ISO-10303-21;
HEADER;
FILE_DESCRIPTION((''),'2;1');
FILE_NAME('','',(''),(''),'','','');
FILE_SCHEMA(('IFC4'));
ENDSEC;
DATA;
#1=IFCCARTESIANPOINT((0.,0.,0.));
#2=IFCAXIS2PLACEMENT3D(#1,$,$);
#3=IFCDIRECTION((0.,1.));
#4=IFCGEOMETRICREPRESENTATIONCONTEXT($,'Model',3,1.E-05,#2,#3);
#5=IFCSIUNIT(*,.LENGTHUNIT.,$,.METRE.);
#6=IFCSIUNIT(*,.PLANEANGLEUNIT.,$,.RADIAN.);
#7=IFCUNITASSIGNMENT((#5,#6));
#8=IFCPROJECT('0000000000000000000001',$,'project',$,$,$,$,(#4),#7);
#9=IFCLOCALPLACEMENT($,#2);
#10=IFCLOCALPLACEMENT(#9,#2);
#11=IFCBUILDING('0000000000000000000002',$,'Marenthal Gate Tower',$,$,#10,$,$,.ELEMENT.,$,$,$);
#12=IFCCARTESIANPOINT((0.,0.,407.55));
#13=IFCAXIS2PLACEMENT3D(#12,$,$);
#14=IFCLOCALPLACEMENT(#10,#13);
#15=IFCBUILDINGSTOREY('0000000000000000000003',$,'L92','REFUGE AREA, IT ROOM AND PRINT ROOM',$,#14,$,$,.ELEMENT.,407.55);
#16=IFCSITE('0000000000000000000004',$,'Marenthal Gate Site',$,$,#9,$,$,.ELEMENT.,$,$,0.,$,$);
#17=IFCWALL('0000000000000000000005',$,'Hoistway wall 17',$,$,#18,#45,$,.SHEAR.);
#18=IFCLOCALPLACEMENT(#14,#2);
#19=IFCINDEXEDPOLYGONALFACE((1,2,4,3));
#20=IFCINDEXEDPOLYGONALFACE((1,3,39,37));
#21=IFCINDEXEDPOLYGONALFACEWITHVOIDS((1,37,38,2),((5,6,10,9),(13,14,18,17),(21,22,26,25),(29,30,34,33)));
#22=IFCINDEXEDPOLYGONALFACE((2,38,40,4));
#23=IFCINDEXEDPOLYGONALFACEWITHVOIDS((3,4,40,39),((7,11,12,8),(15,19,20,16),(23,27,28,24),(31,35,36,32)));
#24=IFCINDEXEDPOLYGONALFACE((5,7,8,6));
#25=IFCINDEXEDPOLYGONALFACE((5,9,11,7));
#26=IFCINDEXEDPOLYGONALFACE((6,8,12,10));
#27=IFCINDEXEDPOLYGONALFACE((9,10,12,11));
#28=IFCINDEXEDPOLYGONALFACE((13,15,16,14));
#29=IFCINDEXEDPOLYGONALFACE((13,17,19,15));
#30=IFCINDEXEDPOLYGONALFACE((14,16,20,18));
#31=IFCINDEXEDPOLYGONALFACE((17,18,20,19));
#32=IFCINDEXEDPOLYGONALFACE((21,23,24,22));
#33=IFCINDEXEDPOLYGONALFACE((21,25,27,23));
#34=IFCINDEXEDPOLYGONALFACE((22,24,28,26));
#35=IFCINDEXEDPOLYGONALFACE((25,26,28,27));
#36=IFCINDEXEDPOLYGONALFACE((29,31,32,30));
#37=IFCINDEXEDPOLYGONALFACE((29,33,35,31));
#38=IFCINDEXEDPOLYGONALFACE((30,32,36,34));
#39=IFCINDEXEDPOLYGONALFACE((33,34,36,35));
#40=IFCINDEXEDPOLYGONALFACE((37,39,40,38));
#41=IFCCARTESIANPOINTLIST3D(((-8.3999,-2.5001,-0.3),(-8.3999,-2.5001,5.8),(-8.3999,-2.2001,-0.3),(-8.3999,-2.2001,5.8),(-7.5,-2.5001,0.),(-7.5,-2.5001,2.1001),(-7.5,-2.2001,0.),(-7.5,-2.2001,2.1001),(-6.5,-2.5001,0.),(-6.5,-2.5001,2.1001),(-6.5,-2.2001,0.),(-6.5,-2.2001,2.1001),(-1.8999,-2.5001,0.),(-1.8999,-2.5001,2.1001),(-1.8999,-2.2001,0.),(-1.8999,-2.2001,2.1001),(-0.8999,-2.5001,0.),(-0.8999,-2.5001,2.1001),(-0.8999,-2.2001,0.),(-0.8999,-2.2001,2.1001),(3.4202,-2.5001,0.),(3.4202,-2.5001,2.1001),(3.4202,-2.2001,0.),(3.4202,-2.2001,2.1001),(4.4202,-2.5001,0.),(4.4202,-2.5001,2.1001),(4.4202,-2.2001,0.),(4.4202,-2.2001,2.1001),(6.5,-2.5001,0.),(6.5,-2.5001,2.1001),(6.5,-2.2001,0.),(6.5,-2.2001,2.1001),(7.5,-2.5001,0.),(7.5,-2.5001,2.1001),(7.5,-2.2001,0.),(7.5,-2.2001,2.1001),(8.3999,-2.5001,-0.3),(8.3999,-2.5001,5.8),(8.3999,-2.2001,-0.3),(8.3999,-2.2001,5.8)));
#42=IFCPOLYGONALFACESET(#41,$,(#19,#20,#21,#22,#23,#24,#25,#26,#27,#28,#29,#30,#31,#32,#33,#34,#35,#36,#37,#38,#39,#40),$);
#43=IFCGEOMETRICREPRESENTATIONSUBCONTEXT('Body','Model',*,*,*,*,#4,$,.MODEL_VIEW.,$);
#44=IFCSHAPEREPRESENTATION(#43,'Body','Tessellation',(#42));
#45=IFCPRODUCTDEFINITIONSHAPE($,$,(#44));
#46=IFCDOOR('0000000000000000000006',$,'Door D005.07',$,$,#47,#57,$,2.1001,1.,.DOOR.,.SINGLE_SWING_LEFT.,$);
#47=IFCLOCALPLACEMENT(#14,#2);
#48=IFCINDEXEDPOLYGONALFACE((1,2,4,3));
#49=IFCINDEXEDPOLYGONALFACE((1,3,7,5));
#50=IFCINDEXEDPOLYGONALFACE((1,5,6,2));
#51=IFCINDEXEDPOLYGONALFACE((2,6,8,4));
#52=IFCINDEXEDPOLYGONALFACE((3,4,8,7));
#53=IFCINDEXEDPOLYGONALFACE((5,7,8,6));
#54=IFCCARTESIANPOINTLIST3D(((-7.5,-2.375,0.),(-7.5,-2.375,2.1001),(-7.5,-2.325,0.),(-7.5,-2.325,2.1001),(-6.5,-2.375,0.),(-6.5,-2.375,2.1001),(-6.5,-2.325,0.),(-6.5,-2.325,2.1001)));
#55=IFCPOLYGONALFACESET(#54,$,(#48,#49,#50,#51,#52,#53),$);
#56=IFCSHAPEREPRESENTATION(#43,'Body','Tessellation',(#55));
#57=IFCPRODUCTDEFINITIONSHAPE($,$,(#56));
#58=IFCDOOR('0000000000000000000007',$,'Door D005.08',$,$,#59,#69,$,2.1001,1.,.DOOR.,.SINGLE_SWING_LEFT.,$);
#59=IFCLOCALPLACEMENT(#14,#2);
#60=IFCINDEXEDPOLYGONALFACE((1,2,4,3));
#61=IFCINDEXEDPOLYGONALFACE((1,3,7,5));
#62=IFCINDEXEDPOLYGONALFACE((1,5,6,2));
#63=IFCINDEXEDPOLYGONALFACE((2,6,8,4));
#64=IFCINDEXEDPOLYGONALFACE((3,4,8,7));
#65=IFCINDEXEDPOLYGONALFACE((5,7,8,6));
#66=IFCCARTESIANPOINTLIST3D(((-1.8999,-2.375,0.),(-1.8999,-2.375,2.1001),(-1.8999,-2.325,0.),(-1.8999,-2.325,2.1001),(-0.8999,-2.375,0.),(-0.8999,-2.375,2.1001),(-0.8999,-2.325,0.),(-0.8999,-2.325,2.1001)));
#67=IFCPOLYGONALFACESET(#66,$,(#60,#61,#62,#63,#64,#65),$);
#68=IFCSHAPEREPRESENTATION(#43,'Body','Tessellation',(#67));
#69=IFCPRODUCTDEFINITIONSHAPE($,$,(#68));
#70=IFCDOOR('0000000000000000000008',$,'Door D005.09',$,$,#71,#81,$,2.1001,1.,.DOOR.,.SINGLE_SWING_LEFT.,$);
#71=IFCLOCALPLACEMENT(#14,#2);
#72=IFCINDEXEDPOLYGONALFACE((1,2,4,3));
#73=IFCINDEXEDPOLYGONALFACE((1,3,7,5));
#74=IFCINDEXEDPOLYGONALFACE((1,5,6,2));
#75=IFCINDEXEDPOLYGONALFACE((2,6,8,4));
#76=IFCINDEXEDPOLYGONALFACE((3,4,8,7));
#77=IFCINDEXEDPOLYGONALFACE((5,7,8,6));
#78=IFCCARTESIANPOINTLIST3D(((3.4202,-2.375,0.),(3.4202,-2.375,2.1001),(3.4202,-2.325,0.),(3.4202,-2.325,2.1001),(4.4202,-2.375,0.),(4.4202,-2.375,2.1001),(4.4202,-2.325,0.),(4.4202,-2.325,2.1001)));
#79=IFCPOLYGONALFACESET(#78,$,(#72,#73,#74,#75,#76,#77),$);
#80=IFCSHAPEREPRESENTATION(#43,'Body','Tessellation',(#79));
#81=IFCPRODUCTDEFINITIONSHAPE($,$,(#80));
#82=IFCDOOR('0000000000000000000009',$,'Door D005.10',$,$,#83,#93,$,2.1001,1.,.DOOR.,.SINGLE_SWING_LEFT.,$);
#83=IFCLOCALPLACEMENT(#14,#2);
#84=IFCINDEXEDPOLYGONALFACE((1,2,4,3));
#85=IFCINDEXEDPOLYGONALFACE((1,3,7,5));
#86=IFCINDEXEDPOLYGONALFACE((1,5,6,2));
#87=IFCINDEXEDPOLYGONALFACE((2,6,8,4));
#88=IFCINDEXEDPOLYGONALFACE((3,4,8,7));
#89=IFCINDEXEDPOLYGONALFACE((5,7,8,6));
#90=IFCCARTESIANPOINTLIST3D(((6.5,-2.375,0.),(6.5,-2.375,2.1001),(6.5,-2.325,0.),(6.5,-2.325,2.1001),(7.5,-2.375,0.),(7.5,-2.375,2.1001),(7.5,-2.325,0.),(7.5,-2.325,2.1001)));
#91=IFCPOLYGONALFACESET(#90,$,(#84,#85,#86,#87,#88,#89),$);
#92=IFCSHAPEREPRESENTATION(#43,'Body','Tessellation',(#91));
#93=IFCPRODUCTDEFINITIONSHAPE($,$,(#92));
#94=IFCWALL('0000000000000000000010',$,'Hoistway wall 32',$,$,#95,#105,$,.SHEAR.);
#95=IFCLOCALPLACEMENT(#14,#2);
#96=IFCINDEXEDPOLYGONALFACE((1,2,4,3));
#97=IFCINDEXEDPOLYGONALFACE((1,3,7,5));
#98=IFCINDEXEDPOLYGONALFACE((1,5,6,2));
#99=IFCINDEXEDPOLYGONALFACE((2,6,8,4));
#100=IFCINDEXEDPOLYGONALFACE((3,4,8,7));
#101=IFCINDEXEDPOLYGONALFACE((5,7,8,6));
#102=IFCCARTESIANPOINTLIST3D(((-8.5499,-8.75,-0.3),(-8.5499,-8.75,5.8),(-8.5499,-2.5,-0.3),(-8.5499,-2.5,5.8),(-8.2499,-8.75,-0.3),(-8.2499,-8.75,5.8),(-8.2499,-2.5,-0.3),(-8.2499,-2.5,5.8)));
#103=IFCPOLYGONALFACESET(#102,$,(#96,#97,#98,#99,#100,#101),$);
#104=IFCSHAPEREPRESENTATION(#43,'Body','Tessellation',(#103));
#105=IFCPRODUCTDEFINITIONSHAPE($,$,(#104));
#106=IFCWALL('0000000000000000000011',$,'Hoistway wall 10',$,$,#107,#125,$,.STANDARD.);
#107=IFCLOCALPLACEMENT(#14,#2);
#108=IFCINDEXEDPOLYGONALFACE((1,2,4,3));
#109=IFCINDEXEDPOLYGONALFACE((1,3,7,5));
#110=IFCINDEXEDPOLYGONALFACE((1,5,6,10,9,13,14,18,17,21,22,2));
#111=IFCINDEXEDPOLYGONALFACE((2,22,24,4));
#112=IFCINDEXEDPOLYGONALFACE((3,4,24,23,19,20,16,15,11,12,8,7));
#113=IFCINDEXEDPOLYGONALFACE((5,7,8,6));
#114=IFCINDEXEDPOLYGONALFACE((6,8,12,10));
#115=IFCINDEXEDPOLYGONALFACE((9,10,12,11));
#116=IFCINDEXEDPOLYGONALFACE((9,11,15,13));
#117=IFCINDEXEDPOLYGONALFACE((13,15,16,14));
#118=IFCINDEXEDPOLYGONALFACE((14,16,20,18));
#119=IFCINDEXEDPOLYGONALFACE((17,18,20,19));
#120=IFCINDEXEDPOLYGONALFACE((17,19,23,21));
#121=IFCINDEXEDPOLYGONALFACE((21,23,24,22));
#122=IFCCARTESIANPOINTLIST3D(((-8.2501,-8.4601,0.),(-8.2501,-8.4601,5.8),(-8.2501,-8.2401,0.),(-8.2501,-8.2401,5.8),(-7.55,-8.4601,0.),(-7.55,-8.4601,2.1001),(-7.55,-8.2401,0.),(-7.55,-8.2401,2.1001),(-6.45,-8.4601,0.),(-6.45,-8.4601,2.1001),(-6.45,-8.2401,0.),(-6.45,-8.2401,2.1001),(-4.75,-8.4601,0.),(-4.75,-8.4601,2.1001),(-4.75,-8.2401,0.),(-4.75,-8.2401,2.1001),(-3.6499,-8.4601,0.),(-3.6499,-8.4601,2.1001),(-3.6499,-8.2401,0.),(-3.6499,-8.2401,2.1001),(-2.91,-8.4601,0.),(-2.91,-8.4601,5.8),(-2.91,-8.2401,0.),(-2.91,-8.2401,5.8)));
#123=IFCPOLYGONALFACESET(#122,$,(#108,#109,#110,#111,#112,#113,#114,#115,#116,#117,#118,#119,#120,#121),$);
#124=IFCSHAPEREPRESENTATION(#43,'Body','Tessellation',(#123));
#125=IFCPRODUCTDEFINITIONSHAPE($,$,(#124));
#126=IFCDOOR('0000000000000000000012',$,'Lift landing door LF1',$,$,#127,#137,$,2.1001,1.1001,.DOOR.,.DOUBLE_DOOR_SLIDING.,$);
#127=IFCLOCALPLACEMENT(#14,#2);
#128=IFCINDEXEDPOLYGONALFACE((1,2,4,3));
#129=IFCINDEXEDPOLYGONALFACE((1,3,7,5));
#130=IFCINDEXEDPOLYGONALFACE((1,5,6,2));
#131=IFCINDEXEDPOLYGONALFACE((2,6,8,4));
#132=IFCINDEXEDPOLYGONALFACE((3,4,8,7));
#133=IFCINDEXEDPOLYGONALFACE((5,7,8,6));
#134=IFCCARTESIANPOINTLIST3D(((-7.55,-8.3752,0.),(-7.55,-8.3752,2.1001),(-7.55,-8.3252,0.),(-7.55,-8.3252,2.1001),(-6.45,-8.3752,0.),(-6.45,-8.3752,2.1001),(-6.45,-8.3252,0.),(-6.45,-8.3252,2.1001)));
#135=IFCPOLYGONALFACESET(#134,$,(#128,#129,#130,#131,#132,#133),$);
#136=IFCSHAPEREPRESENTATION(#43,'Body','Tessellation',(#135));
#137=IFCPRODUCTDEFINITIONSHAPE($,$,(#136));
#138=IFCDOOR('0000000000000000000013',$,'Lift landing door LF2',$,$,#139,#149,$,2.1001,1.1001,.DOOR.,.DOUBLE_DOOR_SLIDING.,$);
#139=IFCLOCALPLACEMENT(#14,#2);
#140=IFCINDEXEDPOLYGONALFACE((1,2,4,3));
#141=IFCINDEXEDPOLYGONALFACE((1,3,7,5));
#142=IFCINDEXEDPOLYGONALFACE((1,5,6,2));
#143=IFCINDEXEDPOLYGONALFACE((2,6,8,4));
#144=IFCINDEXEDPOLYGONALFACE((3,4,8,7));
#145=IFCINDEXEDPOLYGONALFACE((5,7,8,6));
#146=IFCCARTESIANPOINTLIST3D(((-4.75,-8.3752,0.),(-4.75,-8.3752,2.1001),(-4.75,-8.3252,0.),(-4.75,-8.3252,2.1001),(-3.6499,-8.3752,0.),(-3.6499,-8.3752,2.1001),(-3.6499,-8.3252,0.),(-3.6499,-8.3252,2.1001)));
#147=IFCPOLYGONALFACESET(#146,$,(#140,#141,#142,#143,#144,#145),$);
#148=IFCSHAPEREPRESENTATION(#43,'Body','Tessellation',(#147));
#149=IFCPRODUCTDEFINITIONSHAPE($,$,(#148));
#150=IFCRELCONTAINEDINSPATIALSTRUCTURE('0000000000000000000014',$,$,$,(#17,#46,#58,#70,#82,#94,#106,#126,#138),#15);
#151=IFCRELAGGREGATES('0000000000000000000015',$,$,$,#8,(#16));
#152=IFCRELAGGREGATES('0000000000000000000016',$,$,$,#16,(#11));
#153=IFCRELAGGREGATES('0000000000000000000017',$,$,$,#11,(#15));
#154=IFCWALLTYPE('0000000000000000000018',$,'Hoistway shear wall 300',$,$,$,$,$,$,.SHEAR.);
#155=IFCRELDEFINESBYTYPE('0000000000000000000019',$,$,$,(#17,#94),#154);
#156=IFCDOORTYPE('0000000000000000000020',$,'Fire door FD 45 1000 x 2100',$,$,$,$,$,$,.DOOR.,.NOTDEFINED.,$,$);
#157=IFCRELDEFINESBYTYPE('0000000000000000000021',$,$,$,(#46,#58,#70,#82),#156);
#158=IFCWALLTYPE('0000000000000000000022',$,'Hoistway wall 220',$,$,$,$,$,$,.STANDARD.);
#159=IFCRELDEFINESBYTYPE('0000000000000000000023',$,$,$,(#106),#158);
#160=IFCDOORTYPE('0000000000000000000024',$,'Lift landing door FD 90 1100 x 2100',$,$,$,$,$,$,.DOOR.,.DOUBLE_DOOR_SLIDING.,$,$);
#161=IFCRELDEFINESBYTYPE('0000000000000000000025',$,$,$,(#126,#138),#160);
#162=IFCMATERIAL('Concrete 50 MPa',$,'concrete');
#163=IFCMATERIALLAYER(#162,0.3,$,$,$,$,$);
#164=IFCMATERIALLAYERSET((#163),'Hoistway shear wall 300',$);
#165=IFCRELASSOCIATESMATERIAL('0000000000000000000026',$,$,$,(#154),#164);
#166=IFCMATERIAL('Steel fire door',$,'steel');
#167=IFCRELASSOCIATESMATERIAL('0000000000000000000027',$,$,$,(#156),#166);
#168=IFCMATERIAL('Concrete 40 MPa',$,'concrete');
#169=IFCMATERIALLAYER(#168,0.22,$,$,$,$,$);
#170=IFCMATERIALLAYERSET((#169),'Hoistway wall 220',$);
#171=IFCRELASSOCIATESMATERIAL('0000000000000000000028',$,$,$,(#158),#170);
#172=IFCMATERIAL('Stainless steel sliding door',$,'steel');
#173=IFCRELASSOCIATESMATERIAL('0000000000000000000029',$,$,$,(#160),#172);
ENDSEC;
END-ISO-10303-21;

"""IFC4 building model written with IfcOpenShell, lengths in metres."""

from ifc_helpers import new_model, si_unit, direction, frame, frame_2d, origin, place, context, subcontext, project, spatial, rectangle, extrude, material, layer, layer_set, type_object, element, fill, save


model = new_model("IFC4")

# Units and contexts
model_context = context("Model", 3, precision=1e-05, world=origin(), true_north=direction((0.0, 1.0)))
body_context = subcontext(model_context, "Body", "Model", "MODEL_VIEW")
ifc_project = project(units=[si_unit("LENGTHUNIT", "METRE"), si_unit("PLANEANGLEUNIT", "RADIAN")], contexts=[model_context])

# Site, building, storey
site_placement = place(None, origin())
site = spatial("IfcSite", under=ifc_project, at=site_placement, Name="Marenthal Gate Site", CompositionType="ELEMENT", RefElevation=0.0)
building_placement = place(site_placement, origin())
building = spatial("IfcBuilding", under=site, at=building_placement, Name="Marenthal Gate Tower", CompositionType="ELEMENT")
storey_placement = place(building_placement, frame((0.0, 0.0, 407.55)))
storey = spatial("IfcBuildingStorey", under=building, at=storey_placement, Name="L92", Description="REFUGE AREA, IT ROOM AND PRINT ROOM", CompositionType="ELEMENT", Elevation=407.55)

# Wall, openings, doors
ifc_material_1 = material(Name="Concrete 50 MPa", Category="concrete")
ifc_layer_1 = layer(ifc_material_1, 0.3)
ifc_layer_set_1 = layer_set([ifc_layer_1], Name="Hoistway shear wall 300")
wall_type_1 = type_object("IfcWallType", Name="Hoistway shear wall 300", PredefinedType="SHEAR", material=ifc_layer_set_1)
wall_1_placement = place(storey_placement, frame((-8.3999, -2.3501, -0.3), z_axis=(0.0, 0.0, 1.0), x_axis=(1.0, 0.0, 0.0)))
wall_1 = element("IfcWall", 1, at=wall_1_placement, inside=storey, type_object=wall_type_1, Name="Hoistway wall 17", PredefinedType="SHEAR", context=body_context, shape_type="SweptSolid", body=[
    extrude(rectangle(XDim=16.7998, YDim=0.3, at=frame_2d((8.3999, 0.0))), origin(), (0.0, 0.0, 1.0), 6.1001),
])
opening_1_placement = place(wall_1_placement, frame((0.8999, 0.0, 0.3)))
opening_1 = element("IfcOpeningElement", 2, at=opening_1_placement, cuts=wall_1, PredefinedType="OPENING", context=body_context, shape_type="SweptSolid", body=[
    extrude(rectangle(XDim=1.0, YDim=2.1001, at=frame_2d((0.5, 1.05))), frame((0.0, 0.1602, 0.0), z_axis=(0.0, -1.0, 0.0), x_axis=(1.0, 0.0, 0.0)), (0.0, 0.0, 1.0), 0.3201),
])
opening_2_placement = place(wall_1_placement, frame((6.5, 0.0, 0.3)))
opening_2 = element("IfcOpeningElement", 3, at=opening_2_placement, cuts=wall_1, PredefinedType="OPENING", context=body_context, shape_type="SweptSolid", body=[
    extrude(rectangle(XDim=1.0, YDim=2.1001, at=frame_2d((0.5, 1.05))), frame((0.0, 0.1602, 0.0), z_axis=(0.0, -1.0, 0.0), x_axis=(1.0, 0.0, 0.0)), (0.0, 0.0, 1.0), 0.3201),
])
opening_3_placement = place(wall_1_placement, frame((11.8201, 0.0, 0.3)))
opening_3 = element("IfcOpeningElement", 4, at=opening_3_placement, cuts=wall_1, PredefinedType="OPENING", context=body_context, shape_type="SweptSolid", body=[
    extrude(rectangle(XDim=1.0, YDim=2.1001, at=frame_2d((0.5, 1.05))), frame((0.0, 0.1602, 0.0), z_axis=(0.0, -1.0, 0.0), x_axis=(1.0, 0.0, 0.0)), (0.0, 0.0, 1.0), 0.3201),
])
opening_4_placement = place(wall_1_placement, frame((14.8999, 0.0, 0.3)))
opening_4 = element("IfcOpeningElement", 5, at=opening_4_placement, cuts=wall_1, PredefinedType="OPENING", context=body_context, shape_type="SweptSolid", body=[
    extrude(rectangle(XDim=1.0, YDim=2.1001, at=frame_2d((0.5, 1.05))), frame((0.0, 0.1602, 0.0), z_axis=(0.0, -1.0, 0.0), x_axis=(1.0, 0.0, 0.0)), (0.0, 0.0, 1.0), 0.3201),
])
ifc_material_2 = material(Name="Steel fire door", Category="steel")
door_type_1 = type_object("IfcDoorType", Name="Fire door FD 45 1000 x 2100", OperationType="NOTDEFINED", PredefinedType="DOOR", material=ifc_material_2)
door_1_placement = place(opening_1_placement, frame((1.0, 0.0, 0.0), z_axis=(0.0, 0.0, 1.0), x_axis=(-1.0, 0.0, 0.0)))
door_1 = element("IfcDoor", 6, at=door_1_placement, inside=storey, type_object=door_type_1, Name="Door D005.07", OperationType="SINGLE_SWING_LEFT", OverallHeight=2.1001, OverallWidth=1.0, PredefinedType="DOOR", context=body_context, shape_type="SweptSolid", body=[
    extrude(rectangle(XDim=1.0, YDim=2.1001, at=frame_2d((0.5, 1.05))), frame((0.0, 0.0249, 0.0), z_axis=(0.0, -1.0, 0.0), x_axis=(1.0, 0.0, 0.0)), (0.0, 0.0, 1.0), 0.05),
])
fill(opening_1, door_1)
door_2_placement = place(opening_2_placement, frame((1.0, 0.0, 0.0), z_axis=(0.0, 0.0, 1.0), x_axis=(-1.0, 0.0, 0.0)))
door_2 = element("IfcDoor", 7, at=door_2_placement, inside=storey, type_object=door_type_1, Name="Door D005.08", OperationType="SINGLE_SWING_LEFT", OverallHeight=2.1001, OverallWidth=1.0, PredefinedType="DOOR", context=body_context, shape_type="SweptSolid", body=[
    extrude(rectangle(XDim=1.0, YDim=2.1001, at=frame_2d((0.5, 1.05))), frame((0.0, 0.0249, 0.0), z_axis=(0.0, -1.0, 0.0), x_axis=(1.0, 0.0, 0.0)), (0.0, 0.0, 1.0), 0.05),
])
fill(opening_2, door_2)
door_3_placement = place(opening_3_placement, frame((1.0, 0.0, 0.0), z_axis=(0.0, 0.0, 1.0), x_axis=(-1.0, 0.0, 0.0)))
door_3 = element("IfcDoor", 8, at=door_3_placement, inside=storey, type_object=door_type_1, Name="Door D005.09", OperationType="SINGLE_SWING_LEFT", OverallHeight=2.1001, OverallWidth=1.0, PredefinedType="DOOR", context=body_context, shape_type="SweptSolid", body=[
    extrude(rectangle(XDim=1.0, YDim=2.1001, at=frame_2d((0.5, 1.05))), frame((0.0, 0.0249, 0.0), z_axis=(0.0, -1.0, 0.0), x_axis=(1.0, 0.0, 0.0)), (0.0, 0.0, 1.0), 0.05),
])
fill(opening_3, door_3)
door_4_placement = place(opening_4_placement, frame((1.0, 0.0, 0.0), z_axis=(0.0, 0.0, 1.0), x_axis=(-1.0, 0.0, 0.0)))
door_4 = element("IfcDoor", 9, at=door_4_placement, inside=storey, type_object=door_type_1, Name="Door D005.10", OperationType="SINGLE_SWING_LEFT", OverallHeight=2.1001, OverallWidth=1.0, PredefinedType="DOOR", context=body_context, shape_type="SweptSolid", body=[
    extrude(rectangle(XDim=1.0, YDim=2.1001, at=frame_2d((0.5, 1.05))), frame((0.0, 0.0249, 0.0), z_axis=(0.0, -1.0, 0.0), x_axis=(1.0, 0.0, 0.0)), (0.0, 0.0, 1.0), 0.05),
])
fill(opening_4, door_4)

# Wall
wall_2_placement = place(storey_placement, frame((-8.3999, -8.75, -0.3), z_axis=(0.0, 0.0, 1.0), x_axis=(0.0, 1.0, 0.0)))
element("IfcWall", 10, at=wall_2_placement, inside=storey, type_object=wall_type_1, Name="Hoistway wall 32", PredefinedType="SHEAR", context=body_context, shape_type="SweptSolid", body=[
    extrude(rectangle(XDim=6.25, YDim=0.3, at=frame_2d((3.125, 0.0))), origin(), (0.0, 0.0, 1.0), 6.1001),
])

# Wall, openings, doors
ifc_material_3 = material(Name="Concrete 40 MPa", Category="concrete")
ifc_layer_2 = layer(ifc_material_3, 0.22)
ifc_layer_set_2 = layer_set([ifc_layer_2], Name="Hoistway wall 220")
wall_type_2 = type_object("IfcWallType", Name="Hoistway wall 220", PredefinedType="STANDARD", material=ifc_layer_set_2)
wall_3_placement = place(storey_placement, frame((-8.25, -8.3501, 0.0), z_axis=(0.0, 0.0, 1.0), x_axis=(1.0, 0.0, 0.0)))
wall_3 = element("IfcWall", 11, at=wall_3_placement, inside=storey, type_object=wall_type_2, Name="Hoistway wall 10", PredefinedType="STANDARD", context=body_context, shape_type="SweptSolid", body=[
    extrude(rectangle(XDim=5.3401, YDim=0.22, at=frame_2d((2.6699, 0.0))), origin(), (0.0, 0.0, 1.0), 5.8),
])
opening_5_placement = place(wall_3_placement, frame((0.7, 0.0, 0.0)))
opening_5 = element("IfcOpeningElement", 12, at=opening_5_placement, cuts=wall_3, PredefinedType="OPENING", context=body_context, shape_type="SweptSolid", body=[
    extrude(rectangle(XDim=1.1001, YDim=2.1001, at=frame_2d((0.55, 1.05))), frame((0.0, 0.1201, 0.0), z_axis=(0.0, -1.0, 0.0), x_axis=(1.0, 0.0, 0.0)), (0.0, 0.0, 1.0), 0.24),
])
opening_6_placement = place(wall_3_placement, frame((3.5, 0.0, 0.0)))
opening_6 = element("IfcOpeningElement", 13, at=opening_6_placement, cuts=wall_3, PredefinedType="OPENING", context=body_context, shape_type="SweptSolid", body=[
    extrude(rectangle(XDim=1.1001, YDim=2.1001, at=frame_2d((0.55, 1.05))), frame((0.0, 0.1201, 0.0), z_axis=(0.0, -1.0, 0.0), x_axis=(1.0, 0.0, 0.0)), (0.0, 0.0, 1.0), 0.24),
])
ifc_material_4 = material(Name="Stainless steel sliding door", Category="steel")
door_type_2 = type_object("IfcDoorType", Name="Lift landing door FD 90 1100 x 2100", OperationType="DOUBLE_DOOR_SLIDING", PredefinedType="DOOR", material=ifc_material_4)
door_5_placement = place(opening_5_placement, origin())
door_5 = element("IfcDoor", 14, at=door_5_placement, inside=storey, type_object=door_type_2, Name="Lift landing door LF1", OperationType="DOUBLE_DOOR_SLIDING", OverallHeight=2.1001, OverallWidth=1.1001, PredefinedType="DOOR", context=body_context, shape_type="SweptSolid", body=[
    extrude(rectangle(XDim=1.1001, YDim=2.1001, at=frame_2d((0.55, 1.05))), frame((0.0, 0.0249, 0.0), z_axis=(0.0, -1.0, 0.0), x_axis=(1.0, 0.0, 0.0)), (0.0, 0.0, 1.0), 0.05),
])
fill(opening_5, door_5)
door_6_placement = place(opening_6_placement, origin())
door_6 = element("IfcDoor", 15, at=door_6_placement, inside=storey, type_object=door_type_2, Name="Lift landing door LF2", OperationType="DOUBLE_DOOR_SLIDING", OverallHeight=2.1001, OverallWidth=1.1001, PredefinedType="DOOR", context=body_context, shape_type="SweptSolid", body=[
    extrude(rectangle(XDim=1.1001, YDim=2.1001, at=frame_2d((0.55, 1.05))), frame((0.0, 0.0249, 0.0), z_axis=(0.0, -1.0, 0.0), x_axis=(1.0, 0.0, 0.0)), (0.0, 0.0, 1.0), 0.05),
])
fill(opening_6, door_6)

save(model, "model.ifc")
